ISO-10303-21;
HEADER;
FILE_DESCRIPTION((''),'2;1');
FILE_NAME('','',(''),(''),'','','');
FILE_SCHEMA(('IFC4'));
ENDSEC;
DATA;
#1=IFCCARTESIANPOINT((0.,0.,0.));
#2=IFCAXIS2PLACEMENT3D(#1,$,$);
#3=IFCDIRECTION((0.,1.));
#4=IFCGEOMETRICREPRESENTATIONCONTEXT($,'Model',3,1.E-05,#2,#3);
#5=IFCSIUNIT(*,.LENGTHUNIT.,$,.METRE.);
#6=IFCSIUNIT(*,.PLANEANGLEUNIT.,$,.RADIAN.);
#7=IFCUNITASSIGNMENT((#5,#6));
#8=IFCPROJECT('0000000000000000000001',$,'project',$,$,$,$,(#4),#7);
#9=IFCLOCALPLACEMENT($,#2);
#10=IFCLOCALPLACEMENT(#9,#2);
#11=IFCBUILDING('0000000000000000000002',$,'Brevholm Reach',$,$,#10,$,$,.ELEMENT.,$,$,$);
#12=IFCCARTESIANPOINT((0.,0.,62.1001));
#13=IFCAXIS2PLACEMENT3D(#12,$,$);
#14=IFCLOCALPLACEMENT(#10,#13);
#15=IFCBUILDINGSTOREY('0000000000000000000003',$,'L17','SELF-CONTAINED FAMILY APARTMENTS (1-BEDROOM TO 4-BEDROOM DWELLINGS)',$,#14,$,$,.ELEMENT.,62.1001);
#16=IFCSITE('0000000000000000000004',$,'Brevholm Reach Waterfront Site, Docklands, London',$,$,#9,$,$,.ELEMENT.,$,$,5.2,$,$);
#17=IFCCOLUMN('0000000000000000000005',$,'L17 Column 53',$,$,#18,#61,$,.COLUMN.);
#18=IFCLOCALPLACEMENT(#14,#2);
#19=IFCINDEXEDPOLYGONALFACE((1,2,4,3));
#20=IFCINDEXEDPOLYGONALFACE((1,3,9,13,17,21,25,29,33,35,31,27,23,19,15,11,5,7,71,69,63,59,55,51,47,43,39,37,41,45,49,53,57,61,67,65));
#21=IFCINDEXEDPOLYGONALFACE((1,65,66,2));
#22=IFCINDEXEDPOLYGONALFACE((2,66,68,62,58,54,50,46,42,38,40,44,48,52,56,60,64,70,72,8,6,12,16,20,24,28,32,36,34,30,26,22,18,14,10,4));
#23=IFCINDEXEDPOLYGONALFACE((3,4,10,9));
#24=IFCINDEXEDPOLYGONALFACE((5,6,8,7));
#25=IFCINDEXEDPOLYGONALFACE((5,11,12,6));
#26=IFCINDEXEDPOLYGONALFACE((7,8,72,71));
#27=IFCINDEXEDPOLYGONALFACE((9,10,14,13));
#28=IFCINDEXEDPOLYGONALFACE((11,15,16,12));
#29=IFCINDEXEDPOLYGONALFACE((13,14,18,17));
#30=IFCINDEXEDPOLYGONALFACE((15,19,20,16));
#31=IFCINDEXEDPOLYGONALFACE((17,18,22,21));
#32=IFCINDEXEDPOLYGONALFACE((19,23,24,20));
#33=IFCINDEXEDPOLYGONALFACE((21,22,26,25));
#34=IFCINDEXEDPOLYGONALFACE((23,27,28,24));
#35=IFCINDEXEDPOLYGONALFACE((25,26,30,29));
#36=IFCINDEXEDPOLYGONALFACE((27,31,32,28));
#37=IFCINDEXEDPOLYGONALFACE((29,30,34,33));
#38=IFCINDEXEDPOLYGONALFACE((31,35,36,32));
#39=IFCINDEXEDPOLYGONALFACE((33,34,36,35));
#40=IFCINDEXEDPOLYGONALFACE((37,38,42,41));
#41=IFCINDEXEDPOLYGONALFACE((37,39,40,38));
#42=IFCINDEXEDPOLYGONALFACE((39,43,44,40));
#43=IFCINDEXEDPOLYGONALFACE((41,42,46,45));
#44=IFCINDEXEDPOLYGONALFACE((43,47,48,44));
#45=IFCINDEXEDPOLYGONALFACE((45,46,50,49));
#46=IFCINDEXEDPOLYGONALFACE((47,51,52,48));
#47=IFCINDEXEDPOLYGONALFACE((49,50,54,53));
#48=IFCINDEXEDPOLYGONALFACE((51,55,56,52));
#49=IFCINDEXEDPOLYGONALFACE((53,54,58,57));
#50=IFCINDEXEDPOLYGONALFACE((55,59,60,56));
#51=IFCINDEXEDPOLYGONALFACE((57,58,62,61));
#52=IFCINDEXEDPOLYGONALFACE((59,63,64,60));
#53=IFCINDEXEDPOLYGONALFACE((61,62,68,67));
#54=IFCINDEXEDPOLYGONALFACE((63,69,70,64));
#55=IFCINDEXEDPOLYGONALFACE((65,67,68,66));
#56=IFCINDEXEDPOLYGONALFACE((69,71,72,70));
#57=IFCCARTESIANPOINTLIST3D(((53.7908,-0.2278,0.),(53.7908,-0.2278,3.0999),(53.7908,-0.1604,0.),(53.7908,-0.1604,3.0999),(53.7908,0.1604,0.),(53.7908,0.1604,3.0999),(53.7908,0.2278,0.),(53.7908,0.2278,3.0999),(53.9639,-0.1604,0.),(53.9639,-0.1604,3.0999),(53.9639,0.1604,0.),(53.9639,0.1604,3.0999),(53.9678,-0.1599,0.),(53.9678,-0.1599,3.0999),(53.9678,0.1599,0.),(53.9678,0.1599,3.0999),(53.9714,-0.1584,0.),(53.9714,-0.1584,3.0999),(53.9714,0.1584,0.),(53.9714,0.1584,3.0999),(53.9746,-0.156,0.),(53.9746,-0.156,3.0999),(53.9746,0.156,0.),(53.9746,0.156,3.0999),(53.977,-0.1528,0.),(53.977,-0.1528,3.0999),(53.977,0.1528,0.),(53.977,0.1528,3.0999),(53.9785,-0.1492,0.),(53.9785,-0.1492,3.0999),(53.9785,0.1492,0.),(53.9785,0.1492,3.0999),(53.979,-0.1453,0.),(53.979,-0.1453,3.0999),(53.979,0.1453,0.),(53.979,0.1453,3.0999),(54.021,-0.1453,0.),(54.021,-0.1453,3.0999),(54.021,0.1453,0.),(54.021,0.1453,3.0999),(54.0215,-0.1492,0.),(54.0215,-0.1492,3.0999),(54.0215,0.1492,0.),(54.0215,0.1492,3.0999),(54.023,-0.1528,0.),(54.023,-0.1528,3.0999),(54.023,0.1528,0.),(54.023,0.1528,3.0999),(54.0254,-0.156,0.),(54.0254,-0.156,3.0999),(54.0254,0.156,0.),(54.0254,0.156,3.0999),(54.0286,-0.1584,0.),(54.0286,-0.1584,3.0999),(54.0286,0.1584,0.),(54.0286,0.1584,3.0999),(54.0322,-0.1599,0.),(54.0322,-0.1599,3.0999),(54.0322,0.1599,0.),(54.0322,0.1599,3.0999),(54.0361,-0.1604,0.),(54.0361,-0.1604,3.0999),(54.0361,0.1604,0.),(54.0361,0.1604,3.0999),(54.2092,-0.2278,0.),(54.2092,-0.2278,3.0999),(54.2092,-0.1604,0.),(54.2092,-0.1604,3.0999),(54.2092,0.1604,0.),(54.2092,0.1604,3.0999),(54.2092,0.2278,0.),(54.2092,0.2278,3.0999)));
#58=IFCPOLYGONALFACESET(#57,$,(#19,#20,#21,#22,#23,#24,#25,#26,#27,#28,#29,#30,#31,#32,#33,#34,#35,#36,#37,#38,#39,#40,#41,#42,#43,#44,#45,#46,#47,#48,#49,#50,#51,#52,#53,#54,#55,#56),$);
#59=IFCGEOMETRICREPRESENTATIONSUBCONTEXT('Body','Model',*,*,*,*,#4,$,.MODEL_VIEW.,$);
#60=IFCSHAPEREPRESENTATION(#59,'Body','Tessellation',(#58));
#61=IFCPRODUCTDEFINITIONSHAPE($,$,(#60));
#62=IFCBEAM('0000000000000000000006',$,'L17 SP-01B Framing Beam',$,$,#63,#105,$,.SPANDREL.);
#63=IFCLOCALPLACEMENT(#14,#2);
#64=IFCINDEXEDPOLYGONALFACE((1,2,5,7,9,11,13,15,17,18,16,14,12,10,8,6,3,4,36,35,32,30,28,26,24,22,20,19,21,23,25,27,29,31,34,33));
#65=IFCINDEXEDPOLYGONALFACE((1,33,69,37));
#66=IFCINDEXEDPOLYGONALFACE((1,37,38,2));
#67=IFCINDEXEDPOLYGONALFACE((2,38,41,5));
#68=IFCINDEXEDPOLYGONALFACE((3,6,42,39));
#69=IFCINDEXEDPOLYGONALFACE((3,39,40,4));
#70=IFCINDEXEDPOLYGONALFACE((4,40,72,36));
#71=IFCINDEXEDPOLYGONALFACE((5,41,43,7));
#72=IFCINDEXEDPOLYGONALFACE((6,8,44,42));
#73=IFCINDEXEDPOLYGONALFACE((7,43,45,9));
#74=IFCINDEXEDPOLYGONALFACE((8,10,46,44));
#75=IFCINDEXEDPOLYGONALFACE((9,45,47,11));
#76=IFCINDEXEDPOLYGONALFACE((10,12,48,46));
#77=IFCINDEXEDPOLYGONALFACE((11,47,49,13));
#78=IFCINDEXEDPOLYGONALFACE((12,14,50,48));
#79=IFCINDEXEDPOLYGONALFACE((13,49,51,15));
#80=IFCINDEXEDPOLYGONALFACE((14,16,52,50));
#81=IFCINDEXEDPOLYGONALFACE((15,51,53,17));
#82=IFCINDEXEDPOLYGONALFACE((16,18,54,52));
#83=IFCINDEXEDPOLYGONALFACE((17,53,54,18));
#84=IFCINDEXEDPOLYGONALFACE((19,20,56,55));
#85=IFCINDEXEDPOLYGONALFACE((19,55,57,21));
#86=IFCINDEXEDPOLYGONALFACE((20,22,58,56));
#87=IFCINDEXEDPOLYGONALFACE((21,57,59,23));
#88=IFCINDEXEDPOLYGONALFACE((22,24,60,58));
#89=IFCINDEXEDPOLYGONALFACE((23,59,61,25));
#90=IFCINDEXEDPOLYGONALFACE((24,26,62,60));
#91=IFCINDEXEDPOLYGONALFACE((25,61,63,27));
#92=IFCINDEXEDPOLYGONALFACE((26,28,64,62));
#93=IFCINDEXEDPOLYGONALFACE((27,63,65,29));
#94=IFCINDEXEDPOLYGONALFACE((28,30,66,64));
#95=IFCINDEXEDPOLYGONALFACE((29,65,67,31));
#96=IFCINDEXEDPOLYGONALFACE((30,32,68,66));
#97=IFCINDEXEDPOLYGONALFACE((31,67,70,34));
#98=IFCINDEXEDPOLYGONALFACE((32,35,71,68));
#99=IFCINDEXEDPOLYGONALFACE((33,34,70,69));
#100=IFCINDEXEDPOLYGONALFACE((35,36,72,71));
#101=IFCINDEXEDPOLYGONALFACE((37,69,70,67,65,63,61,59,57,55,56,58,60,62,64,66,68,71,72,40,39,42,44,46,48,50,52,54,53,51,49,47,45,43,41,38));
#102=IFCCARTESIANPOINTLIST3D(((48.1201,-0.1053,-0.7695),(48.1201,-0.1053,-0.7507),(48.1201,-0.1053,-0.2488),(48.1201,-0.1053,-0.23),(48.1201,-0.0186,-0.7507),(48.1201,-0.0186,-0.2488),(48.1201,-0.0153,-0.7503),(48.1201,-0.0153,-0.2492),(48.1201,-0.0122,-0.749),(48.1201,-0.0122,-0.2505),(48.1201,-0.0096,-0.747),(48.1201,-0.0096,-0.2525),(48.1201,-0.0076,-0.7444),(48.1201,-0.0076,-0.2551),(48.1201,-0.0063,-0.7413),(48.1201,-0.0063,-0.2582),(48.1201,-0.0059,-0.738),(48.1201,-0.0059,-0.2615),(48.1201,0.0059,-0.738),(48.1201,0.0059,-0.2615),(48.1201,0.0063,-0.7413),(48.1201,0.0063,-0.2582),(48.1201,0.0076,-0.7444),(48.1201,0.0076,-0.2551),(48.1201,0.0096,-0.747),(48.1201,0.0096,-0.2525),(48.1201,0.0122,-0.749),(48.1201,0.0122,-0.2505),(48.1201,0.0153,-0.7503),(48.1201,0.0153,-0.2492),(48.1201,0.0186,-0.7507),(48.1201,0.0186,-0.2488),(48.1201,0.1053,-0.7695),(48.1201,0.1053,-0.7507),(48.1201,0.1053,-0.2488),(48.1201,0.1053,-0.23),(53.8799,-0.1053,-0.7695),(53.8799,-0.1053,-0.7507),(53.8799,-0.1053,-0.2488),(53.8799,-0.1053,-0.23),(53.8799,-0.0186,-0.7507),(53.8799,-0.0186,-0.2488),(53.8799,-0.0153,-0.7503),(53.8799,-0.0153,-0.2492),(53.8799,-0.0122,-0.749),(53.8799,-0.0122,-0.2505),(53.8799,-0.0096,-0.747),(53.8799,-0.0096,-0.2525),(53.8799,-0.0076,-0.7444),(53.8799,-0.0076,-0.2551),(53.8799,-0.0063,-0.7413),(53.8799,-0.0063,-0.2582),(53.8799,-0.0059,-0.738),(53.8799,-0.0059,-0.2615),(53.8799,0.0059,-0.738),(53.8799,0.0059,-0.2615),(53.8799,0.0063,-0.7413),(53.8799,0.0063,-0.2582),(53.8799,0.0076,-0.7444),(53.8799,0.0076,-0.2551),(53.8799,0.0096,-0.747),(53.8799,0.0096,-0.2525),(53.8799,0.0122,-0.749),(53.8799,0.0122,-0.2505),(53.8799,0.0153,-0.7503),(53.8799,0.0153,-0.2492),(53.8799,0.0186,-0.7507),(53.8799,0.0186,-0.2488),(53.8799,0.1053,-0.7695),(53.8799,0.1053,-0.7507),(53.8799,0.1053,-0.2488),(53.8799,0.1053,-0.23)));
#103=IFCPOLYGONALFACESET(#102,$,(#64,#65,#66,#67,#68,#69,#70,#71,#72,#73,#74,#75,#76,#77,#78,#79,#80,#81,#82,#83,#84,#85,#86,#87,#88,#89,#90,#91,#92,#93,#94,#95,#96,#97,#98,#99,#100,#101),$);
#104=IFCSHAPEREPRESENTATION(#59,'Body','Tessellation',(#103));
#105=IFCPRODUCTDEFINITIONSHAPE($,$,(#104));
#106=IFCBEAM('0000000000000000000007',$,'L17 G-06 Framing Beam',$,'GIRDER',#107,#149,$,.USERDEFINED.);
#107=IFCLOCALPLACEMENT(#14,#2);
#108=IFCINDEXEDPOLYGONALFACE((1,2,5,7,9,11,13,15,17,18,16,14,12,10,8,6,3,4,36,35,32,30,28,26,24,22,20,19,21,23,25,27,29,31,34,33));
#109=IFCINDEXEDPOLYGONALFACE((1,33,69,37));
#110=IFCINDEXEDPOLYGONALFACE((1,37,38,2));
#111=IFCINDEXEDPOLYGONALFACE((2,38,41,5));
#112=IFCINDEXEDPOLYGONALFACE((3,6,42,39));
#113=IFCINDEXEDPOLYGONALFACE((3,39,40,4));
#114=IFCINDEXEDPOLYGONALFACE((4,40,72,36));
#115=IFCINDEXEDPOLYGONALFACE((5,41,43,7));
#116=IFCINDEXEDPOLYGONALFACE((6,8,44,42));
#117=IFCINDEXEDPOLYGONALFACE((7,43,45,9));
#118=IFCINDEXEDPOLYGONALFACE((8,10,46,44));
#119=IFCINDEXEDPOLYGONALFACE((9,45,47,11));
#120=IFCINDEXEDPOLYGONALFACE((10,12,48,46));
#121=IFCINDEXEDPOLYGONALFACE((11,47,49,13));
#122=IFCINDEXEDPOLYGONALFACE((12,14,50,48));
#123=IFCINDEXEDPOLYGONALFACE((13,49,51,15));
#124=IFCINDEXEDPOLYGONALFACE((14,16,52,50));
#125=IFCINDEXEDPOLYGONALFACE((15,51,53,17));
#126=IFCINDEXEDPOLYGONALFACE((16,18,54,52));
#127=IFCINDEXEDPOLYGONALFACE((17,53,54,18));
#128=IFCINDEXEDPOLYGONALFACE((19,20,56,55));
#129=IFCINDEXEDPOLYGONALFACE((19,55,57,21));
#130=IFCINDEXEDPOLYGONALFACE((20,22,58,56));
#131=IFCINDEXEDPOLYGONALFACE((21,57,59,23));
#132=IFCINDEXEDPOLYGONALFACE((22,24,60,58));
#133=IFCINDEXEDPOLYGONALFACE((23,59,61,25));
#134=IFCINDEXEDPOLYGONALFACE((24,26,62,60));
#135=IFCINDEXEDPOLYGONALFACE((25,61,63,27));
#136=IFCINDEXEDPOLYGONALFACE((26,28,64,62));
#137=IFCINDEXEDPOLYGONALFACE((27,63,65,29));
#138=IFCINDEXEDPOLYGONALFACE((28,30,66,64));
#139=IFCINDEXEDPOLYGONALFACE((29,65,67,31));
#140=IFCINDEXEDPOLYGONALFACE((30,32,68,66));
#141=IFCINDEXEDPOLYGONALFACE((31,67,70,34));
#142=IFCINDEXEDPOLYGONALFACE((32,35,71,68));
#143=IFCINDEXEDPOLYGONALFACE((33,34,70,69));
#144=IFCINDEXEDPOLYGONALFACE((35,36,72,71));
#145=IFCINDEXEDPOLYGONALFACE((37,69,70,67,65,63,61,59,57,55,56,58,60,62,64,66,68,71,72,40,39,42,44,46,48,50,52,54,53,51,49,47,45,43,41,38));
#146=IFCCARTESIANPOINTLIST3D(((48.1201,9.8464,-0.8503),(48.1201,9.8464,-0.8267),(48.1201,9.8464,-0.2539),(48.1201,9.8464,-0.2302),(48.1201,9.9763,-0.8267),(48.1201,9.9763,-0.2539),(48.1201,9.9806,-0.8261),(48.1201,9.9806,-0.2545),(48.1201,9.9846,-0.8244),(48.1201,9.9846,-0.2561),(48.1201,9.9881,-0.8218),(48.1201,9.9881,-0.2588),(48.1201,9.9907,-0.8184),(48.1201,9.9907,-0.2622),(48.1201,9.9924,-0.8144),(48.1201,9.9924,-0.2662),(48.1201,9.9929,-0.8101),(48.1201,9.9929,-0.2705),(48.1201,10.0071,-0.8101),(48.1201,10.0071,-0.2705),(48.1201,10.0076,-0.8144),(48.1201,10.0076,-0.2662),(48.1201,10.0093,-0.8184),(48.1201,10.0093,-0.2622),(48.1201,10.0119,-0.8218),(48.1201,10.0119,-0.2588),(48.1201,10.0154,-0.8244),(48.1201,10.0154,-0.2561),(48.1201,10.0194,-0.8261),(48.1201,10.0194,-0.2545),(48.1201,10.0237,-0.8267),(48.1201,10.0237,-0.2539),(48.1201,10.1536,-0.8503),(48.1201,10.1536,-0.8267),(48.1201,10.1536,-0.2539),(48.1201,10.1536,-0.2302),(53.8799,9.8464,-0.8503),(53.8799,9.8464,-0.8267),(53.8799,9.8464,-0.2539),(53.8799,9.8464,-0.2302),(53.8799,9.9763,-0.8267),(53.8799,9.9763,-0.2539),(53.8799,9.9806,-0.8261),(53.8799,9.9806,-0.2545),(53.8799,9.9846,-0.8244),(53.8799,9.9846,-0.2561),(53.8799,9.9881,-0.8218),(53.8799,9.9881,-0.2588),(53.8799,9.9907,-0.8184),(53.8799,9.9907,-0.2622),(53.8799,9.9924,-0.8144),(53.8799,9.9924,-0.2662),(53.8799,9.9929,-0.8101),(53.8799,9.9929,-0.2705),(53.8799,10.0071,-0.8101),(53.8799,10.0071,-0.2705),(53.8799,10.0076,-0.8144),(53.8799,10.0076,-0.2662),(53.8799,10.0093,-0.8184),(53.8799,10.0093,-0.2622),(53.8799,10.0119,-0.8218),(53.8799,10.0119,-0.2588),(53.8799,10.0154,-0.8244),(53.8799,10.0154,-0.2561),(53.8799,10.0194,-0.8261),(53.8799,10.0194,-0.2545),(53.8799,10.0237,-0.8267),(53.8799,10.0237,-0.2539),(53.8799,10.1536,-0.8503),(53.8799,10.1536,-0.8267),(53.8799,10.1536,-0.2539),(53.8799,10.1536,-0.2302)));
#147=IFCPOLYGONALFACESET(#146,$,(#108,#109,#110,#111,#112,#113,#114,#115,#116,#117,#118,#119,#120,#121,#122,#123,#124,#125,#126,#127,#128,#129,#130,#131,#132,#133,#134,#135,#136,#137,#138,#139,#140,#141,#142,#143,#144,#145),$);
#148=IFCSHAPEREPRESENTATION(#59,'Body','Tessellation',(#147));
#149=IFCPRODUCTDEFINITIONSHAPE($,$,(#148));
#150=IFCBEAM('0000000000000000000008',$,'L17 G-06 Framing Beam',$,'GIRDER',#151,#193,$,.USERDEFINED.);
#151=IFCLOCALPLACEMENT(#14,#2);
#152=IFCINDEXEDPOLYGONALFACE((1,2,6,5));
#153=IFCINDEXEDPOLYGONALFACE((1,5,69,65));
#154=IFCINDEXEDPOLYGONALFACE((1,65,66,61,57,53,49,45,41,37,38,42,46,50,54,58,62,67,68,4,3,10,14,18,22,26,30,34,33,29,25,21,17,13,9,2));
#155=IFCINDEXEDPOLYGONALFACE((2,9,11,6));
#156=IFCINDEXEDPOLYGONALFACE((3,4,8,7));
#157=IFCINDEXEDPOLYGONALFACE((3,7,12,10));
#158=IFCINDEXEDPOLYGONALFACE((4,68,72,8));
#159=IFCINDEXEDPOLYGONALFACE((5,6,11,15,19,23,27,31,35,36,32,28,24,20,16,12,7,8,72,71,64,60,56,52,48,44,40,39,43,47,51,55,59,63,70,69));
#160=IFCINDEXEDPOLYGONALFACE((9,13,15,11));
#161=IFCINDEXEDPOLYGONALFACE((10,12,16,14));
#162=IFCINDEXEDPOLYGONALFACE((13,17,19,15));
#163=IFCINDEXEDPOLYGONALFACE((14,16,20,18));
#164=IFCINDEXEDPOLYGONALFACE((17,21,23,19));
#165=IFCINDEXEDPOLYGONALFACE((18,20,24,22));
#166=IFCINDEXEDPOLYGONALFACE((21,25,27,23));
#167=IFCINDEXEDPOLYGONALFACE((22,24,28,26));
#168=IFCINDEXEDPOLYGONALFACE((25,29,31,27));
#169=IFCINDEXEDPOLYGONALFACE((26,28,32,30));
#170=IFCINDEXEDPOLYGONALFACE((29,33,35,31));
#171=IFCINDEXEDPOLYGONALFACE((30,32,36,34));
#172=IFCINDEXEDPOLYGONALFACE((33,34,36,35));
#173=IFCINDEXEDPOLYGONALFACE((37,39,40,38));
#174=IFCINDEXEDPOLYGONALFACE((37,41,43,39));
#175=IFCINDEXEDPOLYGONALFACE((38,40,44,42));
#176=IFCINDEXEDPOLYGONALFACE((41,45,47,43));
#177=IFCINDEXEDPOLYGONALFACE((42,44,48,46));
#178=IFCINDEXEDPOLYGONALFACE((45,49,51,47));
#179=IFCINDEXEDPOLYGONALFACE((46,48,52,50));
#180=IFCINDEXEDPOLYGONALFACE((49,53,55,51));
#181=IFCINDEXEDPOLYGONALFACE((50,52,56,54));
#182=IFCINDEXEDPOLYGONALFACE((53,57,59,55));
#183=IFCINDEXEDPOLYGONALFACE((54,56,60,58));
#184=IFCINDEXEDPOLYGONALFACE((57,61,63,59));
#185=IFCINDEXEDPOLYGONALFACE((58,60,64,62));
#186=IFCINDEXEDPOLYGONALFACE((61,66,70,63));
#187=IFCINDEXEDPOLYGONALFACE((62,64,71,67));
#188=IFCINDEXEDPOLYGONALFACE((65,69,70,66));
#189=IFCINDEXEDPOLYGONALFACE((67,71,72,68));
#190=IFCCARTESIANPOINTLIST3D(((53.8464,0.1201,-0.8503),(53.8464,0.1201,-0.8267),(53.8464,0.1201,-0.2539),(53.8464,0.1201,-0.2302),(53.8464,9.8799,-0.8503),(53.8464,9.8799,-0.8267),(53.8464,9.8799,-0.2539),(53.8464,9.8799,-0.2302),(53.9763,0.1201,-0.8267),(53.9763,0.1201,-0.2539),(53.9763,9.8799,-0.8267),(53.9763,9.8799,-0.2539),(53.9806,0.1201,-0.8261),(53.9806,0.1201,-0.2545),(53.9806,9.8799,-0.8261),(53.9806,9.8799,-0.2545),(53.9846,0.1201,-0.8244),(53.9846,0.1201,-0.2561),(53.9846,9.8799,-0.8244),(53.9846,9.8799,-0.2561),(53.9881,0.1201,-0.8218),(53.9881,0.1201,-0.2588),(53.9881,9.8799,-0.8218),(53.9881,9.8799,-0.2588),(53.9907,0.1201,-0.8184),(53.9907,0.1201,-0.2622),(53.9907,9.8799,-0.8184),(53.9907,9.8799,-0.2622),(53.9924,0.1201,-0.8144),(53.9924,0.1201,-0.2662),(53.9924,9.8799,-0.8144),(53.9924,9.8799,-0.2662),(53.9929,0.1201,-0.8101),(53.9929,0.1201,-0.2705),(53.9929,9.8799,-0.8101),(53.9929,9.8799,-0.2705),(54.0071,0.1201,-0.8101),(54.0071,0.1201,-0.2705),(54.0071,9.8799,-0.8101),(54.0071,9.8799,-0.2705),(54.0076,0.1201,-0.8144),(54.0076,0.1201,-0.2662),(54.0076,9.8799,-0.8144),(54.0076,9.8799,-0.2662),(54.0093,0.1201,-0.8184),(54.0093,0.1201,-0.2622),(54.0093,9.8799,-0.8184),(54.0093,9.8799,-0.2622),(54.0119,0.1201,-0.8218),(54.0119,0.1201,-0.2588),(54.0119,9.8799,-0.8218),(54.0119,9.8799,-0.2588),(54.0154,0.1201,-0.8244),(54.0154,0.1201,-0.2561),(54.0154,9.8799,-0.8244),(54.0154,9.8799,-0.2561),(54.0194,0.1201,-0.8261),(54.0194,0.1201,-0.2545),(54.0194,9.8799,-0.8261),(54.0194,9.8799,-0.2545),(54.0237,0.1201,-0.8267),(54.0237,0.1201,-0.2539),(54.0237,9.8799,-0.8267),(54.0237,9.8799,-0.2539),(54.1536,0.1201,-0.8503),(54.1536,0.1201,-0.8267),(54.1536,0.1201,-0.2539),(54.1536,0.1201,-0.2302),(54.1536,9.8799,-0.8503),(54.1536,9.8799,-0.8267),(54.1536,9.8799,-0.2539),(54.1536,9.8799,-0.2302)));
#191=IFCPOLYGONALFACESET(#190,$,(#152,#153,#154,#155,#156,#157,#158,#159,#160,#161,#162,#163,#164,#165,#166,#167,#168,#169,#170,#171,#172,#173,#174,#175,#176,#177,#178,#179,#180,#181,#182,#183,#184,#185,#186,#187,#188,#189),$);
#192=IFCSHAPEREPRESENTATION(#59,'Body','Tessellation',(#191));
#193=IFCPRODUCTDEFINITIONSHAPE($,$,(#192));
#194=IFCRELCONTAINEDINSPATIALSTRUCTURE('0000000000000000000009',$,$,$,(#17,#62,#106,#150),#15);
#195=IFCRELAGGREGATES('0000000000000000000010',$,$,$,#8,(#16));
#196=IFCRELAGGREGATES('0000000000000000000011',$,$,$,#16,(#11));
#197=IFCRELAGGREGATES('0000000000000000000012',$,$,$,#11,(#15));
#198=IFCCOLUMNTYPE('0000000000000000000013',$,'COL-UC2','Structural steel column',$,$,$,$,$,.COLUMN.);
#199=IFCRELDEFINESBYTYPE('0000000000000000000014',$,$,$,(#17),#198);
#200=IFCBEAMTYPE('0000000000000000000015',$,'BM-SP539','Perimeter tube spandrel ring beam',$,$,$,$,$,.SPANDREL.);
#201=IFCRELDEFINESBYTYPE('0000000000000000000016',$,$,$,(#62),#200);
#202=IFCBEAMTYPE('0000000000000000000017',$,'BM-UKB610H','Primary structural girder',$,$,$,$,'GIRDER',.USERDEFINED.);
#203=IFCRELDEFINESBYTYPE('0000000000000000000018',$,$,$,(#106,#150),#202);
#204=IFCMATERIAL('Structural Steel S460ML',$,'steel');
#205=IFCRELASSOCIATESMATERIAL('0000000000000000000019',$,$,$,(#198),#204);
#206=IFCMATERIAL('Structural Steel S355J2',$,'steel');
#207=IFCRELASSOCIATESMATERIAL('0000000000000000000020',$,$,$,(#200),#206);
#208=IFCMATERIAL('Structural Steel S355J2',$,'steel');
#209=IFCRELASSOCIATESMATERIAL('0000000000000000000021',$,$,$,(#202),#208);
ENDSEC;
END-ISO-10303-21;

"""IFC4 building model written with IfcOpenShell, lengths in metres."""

from ifc_helpers import new_model, si_unit, direction, frame, origin, origin_2d, place, context, subcontext, project, spatial, i_section, extrude, material, material_profile, profile_set, type_object, element, save


model = new_model("IFC4")

# Units and contexts
model_context = context("Model", 3, precision=1e-05, world=origin(), true_north=direction((0.0, 1.0)))
body_context = subcontext(model_context, "Body", "Model", "MODEL_VIEW")
ifc_project = project(units=[si_unit("LENGTHUNIT", "METRE"), si_unit("PLANEANGLEUNIT", "RADIAN")], contexts=[model_context])

# Site, building, storey
site_placement = place(None, origin())
site = spatial("IfcSite", under=ifc_project, at=site_placement, Name="Brevholm Reach Waterfront Site, Docklands, London", CompositionType="ELEMENT", RefElevation=5.2)
building_placement = place(site_placement, origin())
building = spatial("IfcBuilding", under=site, at=building_placement, Name="Brevholm Reach", CompositionType="ELEMENT")
storey_placement = place(building_placement, frame((0.0, 0.0, 62.1001)))
storey = spatial("IfcBuildingStorey", under=building, at=storey_placement, Name="L17", Description="SELF-CONTAINED FAMILY APARTMENTS (1-BEDROOM TO 4-BEDROOM DWELLINGS)", CompositionType="ELEMENT", Elevation=62.1001)

# Column
ifc_material_1 = material(Name="Structural Steel S460ML", Category="steel")
ifc_material_profile_1 = material_profile(ifc_material_1, i_section(OverallWidth=0.4185, OverallDepth=0.4556, WebThickness=0.042, FlangeThickness=0.0674, FilletRadius=0.0151, at=origin_2d()), Name="UKC 356x406x551")
ifc_profile_set_1 = profile_set([ifc_material_profile_1], Name="Structural Steel S460ML")
column_type = type_object("IfcColumnType", Name="COL-UC2", Description="Structural steel column", PredefinedType="COLUMN", material=ifc_profile_set_1)
column_placement = place(storey_placement, frame((54.0, 0.0, 0.0), z_axis=(0.0, 0.0, 1.0), x_axis=(1.0, 0.0, 0.0)))
element("IfcColumn", 1, at=column_placement, inside=storey, type_object=column_type, Name="L17 Column 53", PredefinedType="COLUMN", context=body_context, shape_type="SweptSolid", body=[
    extrude(i_section(OverallWidth=0.4185, OverallDepth=0.4556, WebThickness=0.042, FlangeThickness=0.0674, FilletRadius=0.0151, at=origin_2d()), origin(), (0.0, 0.0, 1.0), 3.0999),
])

# Beams
ifc_material_2 = material(Name="Structural Steel S355J2", Category="steel")
ifc_material_profile_2 = material_profile(ifc_material_2, i_section(OverallWidth=0.2107, OverallDepth=0.5396, WebThickness=0.0117, FlangeThickness=0.0188, FilletRadius=0.0127, at=origin_2d()), Name="UKB 533x210x109")
ifc_profile_set_2 = profile_set([ifc_material_profile_2], Name="Structural Steel S355J2")
beam_type_1 = type_object("IfcBeamType", Name="BM-SP539", Description="Perimeter tube spandrel ring beam", PredefinedType="SPANDREL", material=ifc_profile_set_2)
beam_1_placement = place(storey_placement, frame((48.1201, 0.0, -0.4998), z_axis=(1.0, 0.0, 0.0), x_axis=(0.0, 1.0, 0.0)))
element("IfcBeam", 2, at=beam_1_placement, inside=storey, type_object=beam_type_1, Name="L17 SP-01B Framing Beam", PredefinedType="SPANDREL", context=body_context, shape_type="SweptSolid", body=[
    extrude(i_section(OverallWidth=0.2107, OverallDepth=0.5396, WebThickness=0.0117, FlangeThickness=0.0188, FilletRadius=0.0127, at=origin_2d()), origin(), (0.0, 0.0, 1.0), 5.7598),
])
ifc_material_3 = material(Name="Structural Steel S355J2", Category="steel")
ifc_material_profile_3 = material_profile(ifc_material_3, i_section(OverallWidth=0.3071, OverallDepth=0.6201, WebThickness=0.0142, FlangeThickness=0.0237, FilletRadius=0.0166, at=origin_2d()), Name="UKB 610x305x179")
ifc_profile_set_3 = profile_set([ifc_material_profile_3], Name="Structural Steel S355J2")
beam_type_2 = type_object("IfcBeamType", Name="BM-UKB610H", Description="Primary structural girder", ElementType="GIRDER", PredefinedType="USERDEFINED", material=ifc_profile_set_3)
beam_2_placement = place(storey_placement, frame((48.1201, 10.0, -0.5403), z_axis=(1.0, 0.0, 0.0), x_axis=(0.0, 1.0, 0.0)))
element("IfcBeam", 3, at=beam_2_placement, inside=storey, type_object=beam_type_2, Name="L17 G-06 Framing Beam", ObjectType="GIRDER", PredefinedType="USERDEFINED", context=body_context, shape_type="SweptSolid", body=[
    extrude(i_section(OverallWidth=0.3071, OverallDepth=0.6201, WebThickness=0.0142, FlangeThickness=0.0237, FilletRadius=0.0166, at=origin_2d()), origin(), (0.0, 0.0, 1.0), 5.7598),
])
beam_3_placement = place(storey_placement, frame((54.0, 0.1201, -0.5403), z_axis=(0.0, 1.0, 0.0), x_axis=(-1.0, 0.0, 0.0)))
element("IfcBeam", 4, at=beam_3_placement, inside=storey, type_object=beam_type_2, Name="L17 G-06 Framing Beam", ObjectType="GIRDER", PredefinedType="USERDEFINED", context=body_context, shape_type="SweptSolid", body=[
    extrude(i_section(OverallWidth=0.3071, OverallDepth=0.6201, WebThickness=0.0142, FlangeThickness=0.0237, FilletRadius=0.0166, at=origin_2d()), origin(), (0.0, 0.0, 1.0), 9.7598),
])

save(model, "model.ifc")
